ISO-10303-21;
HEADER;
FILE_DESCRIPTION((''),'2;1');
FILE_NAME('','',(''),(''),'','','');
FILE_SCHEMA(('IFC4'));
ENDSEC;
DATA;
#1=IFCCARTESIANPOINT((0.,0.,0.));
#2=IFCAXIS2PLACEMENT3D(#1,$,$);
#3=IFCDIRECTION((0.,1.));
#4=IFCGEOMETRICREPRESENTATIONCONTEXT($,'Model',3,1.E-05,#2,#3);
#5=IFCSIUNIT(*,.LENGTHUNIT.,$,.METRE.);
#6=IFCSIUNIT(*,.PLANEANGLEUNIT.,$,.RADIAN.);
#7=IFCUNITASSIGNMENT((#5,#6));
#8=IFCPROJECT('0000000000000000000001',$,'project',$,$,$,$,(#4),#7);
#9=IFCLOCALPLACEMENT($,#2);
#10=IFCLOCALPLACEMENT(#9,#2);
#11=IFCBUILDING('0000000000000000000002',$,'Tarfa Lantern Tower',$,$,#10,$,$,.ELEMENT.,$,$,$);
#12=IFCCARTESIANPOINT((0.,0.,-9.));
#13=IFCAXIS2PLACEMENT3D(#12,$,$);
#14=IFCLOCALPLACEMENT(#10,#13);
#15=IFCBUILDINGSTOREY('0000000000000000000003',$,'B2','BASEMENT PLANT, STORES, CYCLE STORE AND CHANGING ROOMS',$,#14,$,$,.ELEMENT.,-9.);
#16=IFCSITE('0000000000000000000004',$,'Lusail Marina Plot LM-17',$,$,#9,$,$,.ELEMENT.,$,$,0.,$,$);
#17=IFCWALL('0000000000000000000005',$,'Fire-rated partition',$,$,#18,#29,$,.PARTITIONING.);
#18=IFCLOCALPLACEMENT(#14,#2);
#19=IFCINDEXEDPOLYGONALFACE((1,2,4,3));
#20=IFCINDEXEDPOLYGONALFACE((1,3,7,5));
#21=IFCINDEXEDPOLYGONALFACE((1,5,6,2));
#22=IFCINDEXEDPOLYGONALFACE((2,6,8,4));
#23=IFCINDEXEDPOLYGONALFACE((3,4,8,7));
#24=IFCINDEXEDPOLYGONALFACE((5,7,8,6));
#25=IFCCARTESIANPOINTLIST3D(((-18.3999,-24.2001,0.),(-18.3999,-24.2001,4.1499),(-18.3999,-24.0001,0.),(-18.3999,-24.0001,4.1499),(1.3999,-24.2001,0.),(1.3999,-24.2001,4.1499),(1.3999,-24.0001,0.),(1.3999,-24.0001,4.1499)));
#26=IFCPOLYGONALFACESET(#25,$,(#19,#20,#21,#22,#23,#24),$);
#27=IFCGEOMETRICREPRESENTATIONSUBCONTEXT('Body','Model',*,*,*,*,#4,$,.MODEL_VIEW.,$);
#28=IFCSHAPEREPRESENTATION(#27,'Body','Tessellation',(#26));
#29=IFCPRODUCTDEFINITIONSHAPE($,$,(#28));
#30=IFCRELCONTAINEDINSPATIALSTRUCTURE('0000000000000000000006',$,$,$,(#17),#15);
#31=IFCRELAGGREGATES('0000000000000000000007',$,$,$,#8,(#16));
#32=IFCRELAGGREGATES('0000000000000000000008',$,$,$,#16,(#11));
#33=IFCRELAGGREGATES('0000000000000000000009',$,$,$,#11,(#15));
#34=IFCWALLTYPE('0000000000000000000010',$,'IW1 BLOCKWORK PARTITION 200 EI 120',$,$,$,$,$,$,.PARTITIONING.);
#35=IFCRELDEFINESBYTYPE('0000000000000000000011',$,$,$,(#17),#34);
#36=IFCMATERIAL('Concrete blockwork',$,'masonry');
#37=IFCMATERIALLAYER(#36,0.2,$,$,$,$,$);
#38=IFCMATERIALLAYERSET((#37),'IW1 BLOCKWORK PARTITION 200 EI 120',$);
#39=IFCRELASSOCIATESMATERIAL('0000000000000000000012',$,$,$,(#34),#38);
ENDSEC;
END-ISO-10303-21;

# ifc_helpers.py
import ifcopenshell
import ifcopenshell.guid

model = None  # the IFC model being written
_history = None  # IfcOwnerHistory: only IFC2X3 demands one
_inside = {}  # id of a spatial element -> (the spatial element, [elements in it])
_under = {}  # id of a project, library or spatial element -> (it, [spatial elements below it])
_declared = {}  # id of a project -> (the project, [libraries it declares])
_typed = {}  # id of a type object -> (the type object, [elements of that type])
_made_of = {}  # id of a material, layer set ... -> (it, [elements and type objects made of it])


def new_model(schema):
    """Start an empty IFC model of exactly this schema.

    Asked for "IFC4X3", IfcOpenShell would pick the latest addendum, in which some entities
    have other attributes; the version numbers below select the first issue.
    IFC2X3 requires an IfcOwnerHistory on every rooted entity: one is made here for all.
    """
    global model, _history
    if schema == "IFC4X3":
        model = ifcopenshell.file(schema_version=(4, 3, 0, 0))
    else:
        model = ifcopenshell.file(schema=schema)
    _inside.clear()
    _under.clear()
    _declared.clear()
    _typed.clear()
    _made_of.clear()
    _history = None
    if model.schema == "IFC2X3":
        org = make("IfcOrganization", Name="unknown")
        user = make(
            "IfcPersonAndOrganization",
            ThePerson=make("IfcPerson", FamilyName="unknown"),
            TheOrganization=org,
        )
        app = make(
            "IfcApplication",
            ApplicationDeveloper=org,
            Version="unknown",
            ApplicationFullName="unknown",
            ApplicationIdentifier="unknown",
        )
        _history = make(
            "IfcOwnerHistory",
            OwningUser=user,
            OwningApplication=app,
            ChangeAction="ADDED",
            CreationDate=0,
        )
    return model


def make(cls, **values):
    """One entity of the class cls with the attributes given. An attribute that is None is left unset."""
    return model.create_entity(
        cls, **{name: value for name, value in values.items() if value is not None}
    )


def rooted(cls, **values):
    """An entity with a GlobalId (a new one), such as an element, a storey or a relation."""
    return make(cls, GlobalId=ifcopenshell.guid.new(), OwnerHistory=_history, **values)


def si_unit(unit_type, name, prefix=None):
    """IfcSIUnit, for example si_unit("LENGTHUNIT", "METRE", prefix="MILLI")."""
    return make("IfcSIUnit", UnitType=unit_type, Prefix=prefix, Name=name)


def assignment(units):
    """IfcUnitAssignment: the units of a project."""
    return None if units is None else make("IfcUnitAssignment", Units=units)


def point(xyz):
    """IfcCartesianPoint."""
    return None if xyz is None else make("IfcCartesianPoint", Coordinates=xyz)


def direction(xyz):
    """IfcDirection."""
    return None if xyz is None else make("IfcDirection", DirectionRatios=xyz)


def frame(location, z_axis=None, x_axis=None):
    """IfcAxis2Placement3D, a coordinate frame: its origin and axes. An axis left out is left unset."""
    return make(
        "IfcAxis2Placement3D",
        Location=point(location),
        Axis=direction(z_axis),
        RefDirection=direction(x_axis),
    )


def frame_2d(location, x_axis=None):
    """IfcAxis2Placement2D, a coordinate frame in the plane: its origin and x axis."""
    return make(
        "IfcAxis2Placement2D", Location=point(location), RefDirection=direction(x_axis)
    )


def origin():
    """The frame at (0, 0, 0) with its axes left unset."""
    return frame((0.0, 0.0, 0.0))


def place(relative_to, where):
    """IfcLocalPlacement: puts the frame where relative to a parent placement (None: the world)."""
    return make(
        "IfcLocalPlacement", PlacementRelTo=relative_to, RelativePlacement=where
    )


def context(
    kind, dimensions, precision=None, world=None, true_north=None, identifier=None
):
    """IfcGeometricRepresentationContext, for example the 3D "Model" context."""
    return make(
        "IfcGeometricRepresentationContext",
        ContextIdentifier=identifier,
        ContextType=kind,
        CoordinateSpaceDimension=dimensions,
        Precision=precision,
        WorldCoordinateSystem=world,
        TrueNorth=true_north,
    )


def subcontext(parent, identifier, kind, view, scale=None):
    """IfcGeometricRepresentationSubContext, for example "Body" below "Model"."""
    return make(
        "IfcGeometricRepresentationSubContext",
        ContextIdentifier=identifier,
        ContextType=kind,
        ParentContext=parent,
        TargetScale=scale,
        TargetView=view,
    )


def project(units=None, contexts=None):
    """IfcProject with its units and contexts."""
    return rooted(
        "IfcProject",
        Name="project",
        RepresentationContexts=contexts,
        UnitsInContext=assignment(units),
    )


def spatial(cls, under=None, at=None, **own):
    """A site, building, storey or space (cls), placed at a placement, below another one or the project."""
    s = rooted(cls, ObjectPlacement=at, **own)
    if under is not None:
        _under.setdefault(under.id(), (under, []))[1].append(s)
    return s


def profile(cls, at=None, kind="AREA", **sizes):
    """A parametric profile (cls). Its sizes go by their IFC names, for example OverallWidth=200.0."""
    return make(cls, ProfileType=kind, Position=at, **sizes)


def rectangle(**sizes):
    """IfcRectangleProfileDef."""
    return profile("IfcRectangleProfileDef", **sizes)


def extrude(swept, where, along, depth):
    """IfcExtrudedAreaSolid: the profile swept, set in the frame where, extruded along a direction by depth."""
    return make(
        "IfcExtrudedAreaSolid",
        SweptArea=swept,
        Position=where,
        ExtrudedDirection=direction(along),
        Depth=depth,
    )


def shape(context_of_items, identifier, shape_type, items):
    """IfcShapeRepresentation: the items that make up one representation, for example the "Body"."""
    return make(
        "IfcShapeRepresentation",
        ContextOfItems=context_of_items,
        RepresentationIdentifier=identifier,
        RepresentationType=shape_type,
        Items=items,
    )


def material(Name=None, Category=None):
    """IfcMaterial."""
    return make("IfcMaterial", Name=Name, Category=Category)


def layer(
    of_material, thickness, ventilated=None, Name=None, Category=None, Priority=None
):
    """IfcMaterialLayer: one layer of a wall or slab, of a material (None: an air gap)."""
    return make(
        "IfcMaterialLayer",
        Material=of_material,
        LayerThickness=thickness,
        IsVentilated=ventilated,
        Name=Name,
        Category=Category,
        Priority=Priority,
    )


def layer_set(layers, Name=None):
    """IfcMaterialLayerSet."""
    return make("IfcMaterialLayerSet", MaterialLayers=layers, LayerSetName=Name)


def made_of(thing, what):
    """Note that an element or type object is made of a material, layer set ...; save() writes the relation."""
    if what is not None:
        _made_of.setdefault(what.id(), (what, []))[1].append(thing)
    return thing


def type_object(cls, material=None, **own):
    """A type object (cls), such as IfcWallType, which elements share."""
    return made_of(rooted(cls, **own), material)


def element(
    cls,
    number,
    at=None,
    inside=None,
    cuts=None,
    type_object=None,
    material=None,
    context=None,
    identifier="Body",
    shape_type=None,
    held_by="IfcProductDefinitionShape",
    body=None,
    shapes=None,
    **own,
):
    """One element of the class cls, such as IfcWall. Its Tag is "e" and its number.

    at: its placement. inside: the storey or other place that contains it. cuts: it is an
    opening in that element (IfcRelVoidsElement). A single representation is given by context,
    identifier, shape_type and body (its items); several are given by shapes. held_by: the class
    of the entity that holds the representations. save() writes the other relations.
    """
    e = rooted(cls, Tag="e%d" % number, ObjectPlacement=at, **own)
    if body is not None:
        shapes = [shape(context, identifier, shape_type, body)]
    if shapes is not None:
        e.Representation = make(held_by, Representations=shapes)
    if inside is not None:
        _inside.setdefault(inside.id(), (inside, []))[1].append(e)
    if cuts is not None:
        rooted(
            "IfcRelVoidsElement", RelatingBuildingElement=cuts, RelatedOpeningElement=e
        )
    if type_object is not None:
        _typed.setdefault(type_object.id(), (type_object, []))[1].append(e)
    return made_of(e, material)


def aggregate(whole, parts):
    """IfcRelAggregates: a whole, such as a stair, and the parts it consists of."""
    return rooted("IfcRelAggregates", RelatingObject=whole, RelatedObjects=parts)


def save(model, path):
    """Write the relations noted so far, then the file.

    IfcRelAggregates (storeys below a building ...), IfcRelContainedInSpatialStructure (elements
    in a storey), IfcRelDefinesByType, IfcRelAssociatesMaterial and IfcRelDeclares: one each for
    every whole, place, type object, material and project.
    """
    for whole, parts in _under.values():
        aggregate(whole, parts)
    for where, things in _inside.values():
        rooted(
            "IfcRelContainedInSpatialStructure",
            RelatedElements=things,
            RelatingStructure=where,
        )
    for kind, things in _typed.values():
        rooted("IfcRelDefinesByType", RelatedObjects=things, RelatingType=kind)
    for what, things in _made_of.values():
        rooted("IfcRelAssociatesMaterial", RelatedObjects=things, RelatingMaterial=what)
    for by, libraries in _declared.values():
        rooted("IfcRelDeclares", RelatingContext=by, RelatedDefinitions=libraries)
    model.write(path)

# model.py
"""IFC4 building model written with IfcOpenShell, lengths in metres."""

from ifc_helpers import new_model, si_unit, direction, frame, frame_2d, origin, place, context, subcontext, project, spatial, rectangle, extrude, material, layer, layer_set, type_object, element, save


model = new_model("IFC4")

# Units and contexts
model_context = context("Model", 3, precision=1e-05, world=origin(), true_north=direction((0.0, 1.0)))
body_context = subcontext(model_context, "Body", "Model", "MODEL_VIEW")
ifc_project = project(units=[si_unit("LENGTHUNIT", "METRE"), si_unit("PLANEANGLEUNIT", "RADIAN")], contexts=[model_context])

# Site, building, storey
site_placement = place(None, origin())
site = spatial("IfcSite", under=ifc_project, at=site_placement, Name="Lusail Marina Plot LM-17", CompositionType="ELEMENT", RefElevation=0.0)
building_placement = place(site_placement, origin())
building = spatial("IfcBuilding", under=site, at=building_placement, Name="Tarfa Lantern Tower", CompositionType="ELEMENT")
storey_placement = place(building_placement, frame((0.0, 0.0, -9.0)))
storey = spatial("IfcBuildingStorey", under=building, at=storey_placement, Name="B2", Description="BASEMENT PLANT, STORES, CYCLE STORE AND CHANGING ROOMS", CompositionType="ELEMENT", Elevation=-9.0)

# Wall
ifc_material_1 = material(Name="Concrete blockwork", Category="masonry")
ifc_layer = layer(ifc_material_1, 0.2)
ifc_layer_set = layer_set([ifc_layer], Name="IW1 BLOCKWORK PARTITION 200 EI 120")
wall_type = type_object("IfcWallType", Name="IW1 BLOCKWORK PARTITION 200 EI 120", PredefinedType="PARTITIONING", material=ifc_layer_set)
wall_placement = place(storey_placement, frame((-18.3999, -24.1001, 0.0), z_axis=(0.0, 0.0, 1.0), x_axis=(1.0, 0.0, 0.0)))
element("IfcWall", 1, at=wall_placement, inside=storey, type_object=wall_type, Name="Fire-rated partition", PredefinedType="PARTITIONING", context=body_context, shape_type="SweptSolid", body=[
    extrude(rectangle(XDim=19.7998, YDim=0.2, at=frame_2d((9.8999, 0.0))), origin(), (0.0, 0.0, 1.0), 4.1499),
])

save(model, "model.ifc")
